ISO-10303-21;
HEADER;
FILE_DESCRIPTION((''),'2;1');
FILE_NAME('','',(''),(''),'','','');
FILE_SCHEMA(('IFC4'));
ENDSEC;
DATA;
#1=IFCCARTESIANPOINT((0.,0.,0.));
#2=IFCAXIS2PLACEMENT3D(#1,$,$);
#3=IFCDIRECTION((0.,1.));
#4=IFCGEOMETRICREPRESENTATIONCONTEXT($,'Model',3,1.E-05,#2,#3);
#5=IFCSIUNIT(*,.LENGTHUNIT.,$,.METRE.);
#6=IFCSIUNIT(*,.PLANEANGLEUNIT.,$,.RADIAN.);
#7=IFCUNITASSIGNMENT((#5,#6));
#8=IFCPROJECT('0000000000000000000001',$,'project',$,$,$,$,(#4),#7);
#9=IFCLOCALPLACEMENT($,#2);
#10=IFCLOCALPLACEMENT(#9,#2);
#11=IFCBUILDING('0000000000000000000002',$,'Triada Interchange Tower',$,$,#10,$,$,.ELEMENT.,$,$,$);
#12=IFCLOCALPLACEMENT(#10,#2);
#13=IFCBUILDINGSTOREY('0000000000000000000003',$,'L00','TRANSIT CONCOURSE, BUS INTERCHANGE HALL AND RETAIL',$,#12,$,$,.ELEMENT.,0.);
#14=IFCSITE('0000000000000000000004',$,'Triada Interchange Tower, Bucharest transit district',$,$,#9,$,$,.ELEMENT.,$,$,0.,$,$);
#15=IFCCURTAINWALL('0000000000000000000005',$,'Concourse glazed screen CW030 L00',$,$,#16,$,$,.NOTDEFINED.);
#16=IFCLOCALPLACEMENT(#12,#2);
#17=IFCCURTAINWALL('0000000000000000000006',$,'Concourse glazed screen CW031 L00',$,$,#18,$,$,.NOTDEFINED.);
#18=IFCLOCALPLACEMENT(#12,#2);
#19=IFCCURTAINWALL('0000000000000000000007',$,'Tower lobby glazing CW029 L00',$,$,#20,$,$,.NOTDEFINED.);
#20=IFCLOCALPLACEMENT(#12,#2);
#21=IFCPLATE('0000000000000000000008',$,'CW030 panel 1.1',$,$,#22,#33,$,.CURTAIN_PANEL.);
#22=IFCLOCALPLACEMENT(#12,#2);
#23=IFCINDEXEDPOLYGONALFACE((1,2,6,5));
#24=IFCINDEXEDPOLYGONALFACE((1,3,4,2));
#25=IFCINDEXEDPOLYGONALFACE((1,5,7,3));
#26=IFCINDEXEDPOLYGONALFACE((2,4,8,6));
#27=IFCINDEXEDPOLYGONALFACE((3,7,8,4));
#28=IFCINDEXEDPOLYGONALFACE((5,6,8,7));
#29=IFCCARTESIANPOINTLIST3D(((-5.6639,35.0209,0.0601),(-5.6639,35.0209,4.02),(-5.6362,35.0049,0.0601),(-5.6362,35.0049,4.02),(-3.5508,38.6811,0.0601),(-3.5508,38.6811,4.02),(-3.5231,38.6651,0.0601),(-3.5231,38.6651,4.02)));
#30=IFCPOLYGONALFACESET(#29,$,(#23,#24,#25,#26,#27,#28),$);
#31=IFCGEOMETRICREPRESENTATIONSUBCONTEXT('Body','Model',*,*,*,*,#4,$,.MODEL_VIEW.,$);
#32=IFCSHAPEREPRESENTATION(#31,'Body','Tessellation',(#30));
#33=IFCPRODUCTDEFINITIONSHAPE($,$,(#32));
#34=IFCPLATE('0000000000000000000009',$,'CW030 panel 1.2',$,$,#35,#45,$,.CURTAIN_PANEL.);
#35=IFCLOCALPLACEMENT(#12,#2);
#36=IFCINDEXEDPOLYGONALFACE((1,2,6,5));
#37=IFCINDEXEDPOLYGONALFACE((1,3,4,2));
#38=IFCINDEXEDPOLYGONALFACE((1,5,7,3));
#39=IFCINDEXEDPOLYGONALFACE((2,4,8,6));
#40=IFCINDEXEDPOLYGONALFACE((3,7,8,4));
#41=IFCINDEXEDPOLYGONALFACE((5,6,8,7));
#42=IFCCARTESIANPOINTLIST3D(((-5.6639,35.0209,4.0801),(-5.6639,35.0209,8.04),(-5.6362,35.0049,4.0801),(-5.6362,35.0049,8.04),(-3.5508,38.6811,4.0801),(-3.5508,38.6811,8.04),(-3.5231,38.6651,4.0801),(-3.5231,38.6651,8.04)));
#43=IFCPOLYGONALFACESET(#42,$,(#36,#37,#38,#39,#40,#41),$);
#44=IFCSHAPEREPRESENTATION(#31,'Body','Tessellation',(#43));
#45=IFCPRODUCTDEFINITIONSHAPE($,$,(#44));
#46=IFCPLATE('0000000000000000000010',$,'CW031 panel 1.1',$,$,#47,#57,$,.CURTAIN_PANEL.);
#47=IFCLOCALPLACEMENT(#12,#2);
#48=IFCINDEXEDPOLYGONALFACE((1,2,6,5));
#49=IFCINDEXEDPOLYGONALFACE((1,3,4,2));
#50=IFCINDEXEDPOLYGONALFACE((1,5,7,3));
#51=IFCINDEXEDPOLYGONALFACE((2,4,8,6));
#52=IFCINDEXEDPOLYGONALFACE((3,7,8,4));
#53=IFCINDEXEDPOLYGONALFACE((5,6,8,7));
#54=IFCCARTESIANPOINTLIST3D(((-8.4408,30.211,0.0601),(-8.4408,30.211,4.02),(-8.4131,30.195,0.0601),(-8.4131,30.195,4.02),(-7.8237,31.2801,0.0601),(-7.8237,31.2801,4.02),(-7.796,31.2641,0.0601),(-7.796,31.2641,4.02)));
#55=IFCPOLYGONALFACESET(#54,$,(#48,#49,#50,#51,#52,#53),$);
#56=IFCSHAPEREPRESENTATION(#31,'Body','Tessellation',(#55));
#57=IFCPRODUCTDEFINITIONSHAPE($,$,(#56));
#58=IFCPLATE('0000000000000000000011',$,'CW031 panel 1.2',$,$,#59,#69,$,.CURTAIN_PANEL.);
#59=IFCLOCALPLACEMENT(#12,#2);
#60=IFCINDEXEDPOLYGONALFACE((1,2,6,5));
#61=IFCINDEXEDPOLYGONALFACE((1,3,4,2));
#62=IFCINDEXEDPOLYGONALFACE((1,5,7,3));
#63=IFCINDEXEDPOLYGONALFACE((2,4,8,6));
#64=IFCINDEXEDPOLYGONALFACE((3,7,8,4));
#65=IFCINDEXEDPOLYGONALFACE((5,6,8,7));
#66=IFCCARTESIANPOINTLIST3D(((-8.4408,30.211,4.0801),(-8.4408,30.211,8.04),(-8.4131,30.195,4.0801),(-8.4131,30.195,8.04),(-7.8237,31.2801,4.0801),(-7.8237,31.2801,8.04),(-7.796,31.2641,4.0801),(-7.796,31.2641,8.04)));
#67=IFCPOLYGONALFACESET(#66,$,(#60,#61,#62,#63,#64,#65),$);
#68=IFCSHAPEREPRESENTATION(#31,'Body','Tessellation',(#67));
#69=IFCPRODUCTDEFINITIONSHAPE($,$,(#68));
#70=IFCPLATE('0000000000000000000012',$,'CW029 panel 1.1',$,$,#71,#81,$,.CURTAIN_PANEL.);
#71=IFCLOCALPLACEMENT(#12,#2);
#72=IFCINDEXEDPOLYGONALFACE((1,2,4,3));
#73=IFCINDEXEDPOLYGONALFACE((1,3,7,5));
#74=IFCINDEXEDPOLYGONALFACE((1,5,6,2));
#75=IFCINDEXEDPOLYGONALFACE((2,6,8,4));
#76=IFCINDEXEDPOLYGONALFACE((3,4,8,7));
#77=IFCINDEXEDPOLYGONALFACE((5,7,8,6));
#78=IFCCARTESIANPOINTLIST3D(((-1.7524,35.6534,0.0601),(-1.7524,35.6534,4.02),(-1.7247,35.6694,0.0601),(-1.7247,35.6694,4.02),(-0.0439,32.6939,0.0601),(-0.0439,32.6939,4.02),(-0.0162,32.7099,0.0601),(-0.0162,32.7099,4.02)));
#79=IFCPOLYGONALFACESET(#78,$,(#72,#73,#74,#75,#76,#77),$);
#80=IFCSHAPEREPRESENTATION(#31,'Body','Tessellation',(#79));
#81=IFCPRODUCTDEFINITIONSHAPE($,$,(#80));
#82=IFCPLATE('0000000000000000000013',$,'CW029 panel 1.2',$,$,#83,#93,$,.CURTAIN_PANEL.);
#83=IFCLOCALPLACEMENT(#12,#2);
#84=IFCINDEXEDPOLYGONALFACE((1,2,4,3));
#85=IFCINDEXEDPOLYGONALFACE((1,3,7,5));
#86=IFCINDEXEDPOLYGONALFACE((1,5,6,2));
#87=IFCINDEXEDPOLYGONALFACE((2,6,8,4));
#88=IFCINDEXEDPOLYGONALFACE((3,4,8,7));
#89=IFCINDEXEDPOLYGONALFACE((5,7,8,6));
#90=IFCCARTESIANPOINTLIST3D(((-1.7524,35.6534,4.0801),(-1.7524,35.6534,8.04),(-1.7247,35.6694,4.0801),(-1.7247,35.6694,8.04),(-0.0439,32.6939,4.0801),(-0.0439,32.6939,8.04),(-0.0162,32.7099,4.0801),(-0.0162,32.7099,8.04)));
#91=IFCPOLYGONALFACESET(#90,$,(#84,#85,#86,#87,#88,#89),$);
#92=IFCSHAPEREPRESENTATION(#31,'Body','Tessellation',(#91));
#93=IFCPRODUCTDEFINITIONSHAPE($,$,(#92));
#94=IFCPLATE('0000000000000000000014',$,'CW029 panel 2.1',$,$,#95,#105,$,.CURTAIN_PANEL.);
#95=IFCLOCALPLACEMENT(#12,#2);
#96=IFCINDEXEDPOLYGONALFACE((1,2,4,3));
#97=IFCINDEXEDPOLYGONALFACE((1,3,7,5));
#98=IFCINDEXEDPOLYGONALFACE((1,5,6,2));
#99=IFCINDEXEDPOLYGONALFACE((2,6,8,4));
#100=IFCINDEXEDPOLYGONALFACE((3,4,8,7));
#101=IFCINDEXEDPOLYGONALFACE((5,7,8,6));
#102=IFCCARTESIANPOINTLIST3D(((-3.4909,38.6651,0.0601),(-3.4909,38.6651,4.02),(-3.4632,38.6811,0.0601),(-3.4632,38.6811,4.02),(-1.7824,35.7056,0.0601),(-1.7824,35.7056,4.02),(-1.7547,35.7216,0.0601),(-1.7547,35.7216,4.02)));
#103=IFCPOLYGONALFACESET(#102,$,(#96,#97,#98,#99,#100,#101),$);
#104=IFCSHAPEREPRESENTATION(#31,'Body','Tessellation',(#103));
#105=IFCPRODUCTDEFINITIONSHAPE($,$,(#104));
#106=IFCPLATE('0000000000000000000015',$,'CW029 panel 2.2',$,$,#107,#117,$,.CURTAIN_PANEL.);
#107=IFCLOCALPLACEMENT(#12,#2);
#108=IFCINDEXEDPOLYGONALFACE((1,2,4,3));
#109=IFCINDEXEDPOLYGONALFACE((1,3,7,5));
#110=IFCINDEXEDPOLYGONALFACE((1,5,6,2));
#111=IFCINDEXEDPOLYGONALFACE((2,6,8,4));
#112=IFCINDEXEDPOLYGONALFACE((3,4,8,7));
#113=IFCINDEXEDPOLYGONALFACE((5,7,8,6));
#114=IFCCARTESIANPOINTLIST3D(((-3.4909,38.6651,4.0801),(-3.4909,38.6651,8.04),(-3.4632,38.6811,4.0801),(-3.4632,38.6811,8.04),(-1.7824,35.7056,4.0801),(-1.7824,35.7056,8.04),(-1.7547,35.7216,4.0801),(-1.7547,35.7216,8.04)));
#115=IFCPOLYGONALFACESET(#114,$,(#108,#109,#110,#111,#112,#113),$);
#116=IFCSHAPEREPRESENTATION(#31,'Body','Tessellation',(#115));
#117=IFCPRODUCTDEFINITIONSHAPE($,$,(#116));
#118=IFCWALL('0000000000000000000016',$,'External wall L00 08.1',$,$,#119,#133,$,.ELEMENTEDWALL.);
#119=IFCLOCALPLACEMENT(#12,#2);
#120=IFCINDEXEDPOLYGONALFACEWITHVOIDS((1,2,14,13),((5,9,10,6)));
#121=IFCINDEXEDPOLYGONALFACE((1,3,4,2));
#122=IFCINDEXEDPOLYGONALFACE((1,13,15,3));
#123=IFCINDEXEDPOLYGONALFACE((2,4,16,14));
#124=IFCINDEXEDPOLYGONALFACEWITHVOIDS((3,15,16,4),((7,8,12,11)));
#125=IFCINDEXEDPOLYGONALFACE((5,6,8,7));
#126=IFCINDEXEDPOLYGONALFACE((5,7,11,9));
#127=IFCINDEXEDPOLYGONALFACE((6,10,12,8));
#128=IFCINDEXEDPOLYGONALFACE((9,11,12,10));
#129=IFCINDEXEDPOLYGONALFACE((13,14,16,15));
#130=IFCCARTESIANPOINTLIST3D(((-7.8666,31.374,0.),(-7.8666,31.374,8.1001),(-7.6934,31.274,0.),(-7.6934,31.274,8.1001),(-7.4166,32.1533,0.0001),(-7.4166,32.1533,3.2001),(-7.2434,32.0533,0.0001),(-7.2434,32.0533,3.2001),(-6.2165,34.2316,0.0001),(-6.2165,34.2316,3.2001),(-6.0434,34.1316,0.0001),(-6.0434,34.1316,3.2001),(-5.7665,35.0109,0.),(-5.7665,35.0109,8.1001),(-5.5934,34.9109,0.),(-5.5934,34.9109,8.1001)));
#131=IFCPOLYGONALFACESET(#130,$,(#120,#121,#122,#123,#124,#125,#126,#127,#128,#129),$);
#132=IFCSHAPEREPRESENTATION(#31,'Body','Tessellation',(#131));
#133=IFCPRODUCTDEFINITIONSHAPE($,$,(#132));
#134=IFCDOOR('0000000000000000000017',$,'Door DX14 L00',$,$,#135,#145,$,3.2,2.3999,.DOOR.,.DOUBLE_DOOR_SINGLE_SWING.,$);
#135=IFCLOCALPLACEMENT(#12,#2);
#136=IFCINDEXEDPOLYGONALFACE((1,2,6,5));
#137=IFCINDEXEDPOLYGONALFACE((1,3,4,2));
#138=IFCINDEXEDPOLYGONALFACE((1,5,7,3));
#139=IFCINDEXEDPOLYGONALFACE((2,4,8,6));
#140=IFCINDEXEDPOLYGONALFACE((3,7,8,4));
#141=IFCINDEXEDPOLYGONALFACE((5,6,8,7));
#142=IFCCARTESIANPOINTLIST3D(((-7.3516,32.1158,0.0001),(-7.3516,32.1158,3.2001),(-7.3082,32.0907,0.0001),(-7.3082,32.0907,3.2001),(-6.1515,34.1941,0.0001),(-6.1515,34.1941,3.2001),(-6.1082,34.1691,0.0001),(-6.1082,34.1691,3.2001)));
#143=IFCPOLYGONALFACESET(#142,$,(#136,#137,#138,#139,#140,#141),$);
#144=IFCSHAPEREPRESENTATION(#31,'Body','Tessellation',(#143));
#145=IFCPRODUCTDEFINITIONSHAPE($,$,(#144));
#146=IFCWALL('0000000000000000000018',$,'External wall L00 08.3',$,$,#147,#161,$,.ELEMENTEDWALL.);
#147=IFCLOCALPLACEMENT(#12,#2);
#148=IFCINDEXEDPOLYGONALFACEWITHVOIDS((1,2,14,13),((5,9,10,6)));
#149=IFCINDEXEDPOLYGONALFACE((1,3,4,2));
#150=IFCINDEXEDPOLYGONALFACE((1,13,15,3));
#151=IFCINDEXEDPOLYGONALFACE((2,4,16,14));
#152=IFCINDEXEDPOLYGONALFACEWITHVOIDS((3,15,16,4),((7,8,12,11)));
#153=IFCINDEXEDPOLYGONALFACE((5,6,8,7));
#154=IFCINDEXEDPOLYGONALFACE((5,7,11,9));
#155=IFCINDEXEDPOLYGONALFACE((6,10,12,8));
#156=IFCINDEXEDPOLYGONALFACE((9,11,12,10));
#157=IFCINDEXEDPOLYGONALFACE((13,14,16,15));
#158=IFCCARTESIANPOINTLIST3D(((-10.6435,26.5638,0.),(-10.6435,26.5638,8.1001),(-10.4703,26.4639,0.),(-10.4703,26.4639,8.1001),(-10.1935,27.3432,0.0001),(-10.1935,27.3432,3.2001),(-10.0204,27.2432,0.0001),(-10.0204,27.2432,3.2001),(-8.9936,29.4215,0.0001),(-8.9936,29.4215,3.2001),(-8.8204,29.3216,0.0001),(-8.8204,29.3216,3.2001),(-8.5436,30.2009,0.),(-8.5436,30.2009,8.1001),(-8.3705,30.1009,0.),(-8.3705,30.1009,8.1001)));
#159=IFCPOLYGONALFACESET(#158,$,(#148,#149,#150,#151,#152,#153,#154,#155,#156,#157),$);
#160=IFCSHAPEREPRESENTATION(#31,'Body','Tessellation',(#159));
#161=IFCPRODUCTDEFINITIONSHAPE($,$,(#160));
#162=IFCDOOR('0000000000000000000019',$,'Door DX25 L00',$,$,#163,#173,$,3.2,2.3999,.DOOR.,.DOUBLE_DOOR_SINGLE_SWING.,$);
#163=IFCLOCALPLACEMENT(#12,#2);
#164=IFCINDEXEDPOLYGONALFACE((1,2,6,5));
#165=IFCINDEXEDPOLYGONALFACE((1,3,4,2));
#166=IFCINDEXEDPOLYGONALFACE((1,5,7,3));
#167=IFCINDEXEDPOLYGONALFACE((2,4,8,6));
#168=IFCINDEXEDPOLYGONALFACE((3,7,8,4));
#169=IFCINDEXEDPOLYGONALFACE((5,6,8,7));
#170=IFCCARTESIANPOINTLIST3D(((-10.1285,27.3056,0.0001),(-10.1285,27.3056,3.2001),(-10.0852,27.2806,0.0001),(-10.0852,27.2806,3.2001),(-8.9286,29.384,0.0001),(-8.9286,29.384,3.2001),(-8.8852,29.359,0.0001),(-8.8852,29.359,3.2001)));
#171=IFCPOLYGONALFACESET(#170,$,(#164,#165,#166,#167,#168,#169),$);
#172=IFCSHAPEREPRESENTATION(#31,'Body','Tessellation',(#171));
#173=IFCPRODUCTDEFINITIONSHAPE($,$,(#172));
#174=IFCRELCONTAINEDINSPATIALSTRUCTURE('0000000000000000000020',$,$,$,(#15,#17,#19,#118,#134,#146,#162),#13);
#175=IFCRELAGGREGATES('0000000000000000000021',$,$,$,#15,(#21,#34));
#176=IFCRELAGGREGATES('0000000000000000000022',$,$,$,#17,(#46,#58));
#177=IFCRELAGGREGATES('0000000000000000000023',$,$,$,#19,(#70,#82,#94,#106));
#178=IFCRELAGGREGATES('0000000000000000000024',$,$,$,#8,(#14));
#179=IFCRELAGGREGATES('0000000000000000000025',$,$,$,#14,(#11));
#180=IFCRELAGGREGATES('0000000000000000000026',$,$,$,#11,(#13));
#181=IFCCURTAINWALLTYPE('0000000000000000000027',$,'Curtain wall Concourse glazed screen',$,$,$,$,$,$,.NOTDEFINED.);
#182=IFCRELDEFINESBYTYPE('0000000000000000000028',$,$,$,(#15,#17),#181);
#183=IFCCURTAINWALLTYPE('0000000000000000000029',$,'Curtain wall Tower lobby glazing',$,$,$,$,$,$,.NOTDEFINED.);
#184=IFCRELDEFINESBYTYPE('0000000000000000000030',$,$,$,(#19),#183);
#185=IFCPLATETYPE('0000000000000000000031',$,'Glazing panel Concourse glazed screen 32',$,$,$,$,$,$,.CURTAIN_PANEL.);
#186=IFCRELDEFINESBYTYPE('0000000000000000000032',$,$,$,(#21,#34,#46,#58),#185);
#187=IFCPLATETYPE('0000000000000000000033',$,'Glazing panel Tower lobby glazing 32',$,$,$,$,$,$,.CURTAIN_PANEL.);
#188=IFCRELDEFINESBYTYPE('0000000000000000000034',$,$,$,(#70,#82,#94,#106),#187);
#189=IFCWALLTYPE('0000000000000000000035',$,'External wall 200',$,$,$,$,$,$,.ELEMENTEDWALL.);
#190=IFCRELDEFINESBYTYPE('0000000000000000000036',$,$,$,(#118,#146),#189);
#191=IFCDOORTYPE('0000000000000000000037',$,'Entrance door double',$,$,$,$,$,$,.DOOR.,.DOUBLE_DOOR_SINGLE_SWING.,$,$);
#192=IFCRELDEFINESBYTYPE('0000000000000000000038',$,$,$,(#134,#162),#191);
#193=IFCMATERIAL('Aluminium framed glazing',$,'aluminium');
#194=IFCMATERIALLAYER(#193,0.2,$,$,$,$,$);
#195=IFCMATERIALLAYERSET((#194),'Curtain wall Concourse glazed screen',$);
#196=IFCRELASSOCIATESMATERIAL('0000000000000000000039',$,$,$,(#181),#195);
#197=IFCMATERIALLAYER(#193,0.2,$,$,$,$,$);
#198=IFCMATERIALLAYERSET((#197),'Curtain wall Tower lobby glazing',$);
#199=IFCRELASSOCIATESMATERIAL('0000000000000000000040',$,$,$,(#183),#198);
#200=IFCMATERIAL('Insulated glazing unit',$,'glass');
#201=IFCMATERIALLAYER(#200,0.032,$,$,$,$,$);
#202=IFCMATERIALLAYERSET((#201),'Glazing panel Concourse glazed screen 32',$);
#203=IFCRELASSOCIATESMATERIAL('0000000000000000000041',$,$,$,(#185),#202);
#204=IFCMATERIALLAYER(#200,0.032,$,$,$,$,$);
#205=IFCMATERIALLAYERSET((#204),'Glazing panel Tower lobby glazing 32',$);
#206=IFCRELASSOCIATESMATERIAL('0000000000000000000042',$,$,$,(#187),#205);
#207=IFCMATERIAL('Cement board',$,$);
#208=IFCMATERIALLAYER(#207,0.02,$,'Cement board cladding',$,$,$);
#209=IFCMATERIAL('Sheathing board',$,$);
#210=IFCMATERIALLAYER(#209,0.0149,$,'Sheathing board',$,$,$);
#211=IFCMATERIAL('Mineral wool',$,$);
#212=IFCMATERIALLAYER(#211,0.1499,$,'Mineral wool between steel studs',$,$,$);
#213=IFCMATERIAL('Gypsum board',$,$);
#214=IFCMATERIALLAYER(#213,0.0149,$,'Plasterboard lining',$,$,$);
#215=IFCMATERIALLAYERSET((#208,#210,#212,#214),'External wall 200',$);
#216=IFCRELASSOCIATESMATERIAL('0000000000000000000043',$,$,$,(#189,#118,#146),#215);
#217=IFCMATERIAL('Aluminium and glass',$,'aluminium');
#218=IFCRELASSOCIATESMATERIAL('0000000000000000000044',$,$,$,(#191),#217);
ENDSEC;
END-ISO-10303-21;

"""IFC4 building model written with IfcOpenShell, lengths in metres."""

from ifc_helpers import new_model, si_unit, direction, frame, frame_2d, origin, origin_2d, place, context, subcontext, project, spatial, rectangle, extrude, material, layer, layer_set, layer_usage, type_object, element, fill, aggregate, save


model = new_model("IFC4")

# Units and contexts
model_context = context("Model", 3, precision=1e-05, world=origin(), true_north=direction((0.0, 1.0)))
body_context = subcontext(model_context, "Body", "Model", "MODEL_VIEW")
ifc_project = project(units=[si_unit("LENGTHUNIT", "METRE"), si_unit("PLANEANGLEUNIT", "RADIAN")], contexts=[model_context])

# Site, building, storey
site_placement = place(None, origin())
site = spatial("IfcSite", under=ifc_project, at=site_placement, Name="Triada Interchange Tower, Bucharest transit district", CompositionType="ELEMENT", RefElevation=0.0)
building_placement = place(site_placement, origin())
building = spatial("IfcBuilding", under=site, at=building_placement, Name="Triada Interchange Tower", CompositionType="ELEMENT")
storey_placement = place(building_placement, origin())
storey = spatial("IfcBuildingStorey", under=building, at=storey_placement, Name="L00", Description="TRANSIT CONCOURSE, BUS INTERCHANGE HALL AND RETAIL", CompositionType="ELEMENT", Elevation=0.0)

# Curtain walls
ifc_material_1 = material(Name="Aluminium framed glazing", Category="aluminium")
ifc_layer_1 = layer(ifc_material_1, 0.2)
ifc_layer_set_1 = layer_set([ifc_layer_1], Name="Curtain wall Concourse glazed screen")
curtain_wall_type_1 = type_object("IfcCurtainWallType", Name="Curtain wall Concourse glazed screen", PredefinedType="NOTDEFINED", material=ifc_layer_set_1)
curtain_wall_1_placement = place(storey_placement, origin())
curtain_wall_1 = element("IfcCurtainWall", 1, at=curtain_wall_1_placement, inside=storey, type_object=curtain_wall_type_1, Name="Concourse glazed screen CW030 L00", PredefinedType="NOTDEFINED")
curtain_wall_2_placement = place(storey_placement, origin())
curtain_wall_2 = element("IfcCurtainWall", 2, at=curtain_wall_2_placement, inside=storey, type_object=curtain_wall_type_1, Name="Concourse glazed screen CW031 L00", PredefinedType="NOTDEFINED")
ifc_layer_2 = layer(ifc_material_1, 0.2)
ifc_layer_set_2 = layer_set([ifc_layer_2], Name="Curtain wall Tower lobby glazing")
curtain_wall_type_2 = type_object("IfcCurtainWallType", Name="Curtain wall Tower lobby glazing", PredefinedType="NOTDEFINED", material=ifc_layer_set_2)
curtain_wall_3_placement = place(storey_placement, origin())
curtain_wall_3 = element("IfcCurtainWall", 3, at=curtain_wall_3_placement, inside=storey, type_object=curtain_wall_type_2, Name="Tower lobby glazing CW029 L00", PredefinedType="NOTDEFINED")

# Plates
ifc_material_2 = material(Name="Insulated glazing unit", Category="glass")
ifc_layer_3 = layer(ifc_material_2, 0.032)
ifc_layer_set_3 = layer_set([ifc_layer_3], Name="Glazing panel Concourse glazed screen 32")
plate_type_1 = type_object("IfcPlateType", Name="Glazing panel Concourse glazed screen 32", PredefinedType="CURTAIN_PANEL", material=ifc_layer_set_3)
plate_1_placement = place(storey_placement, frame((-4.5935, 36.843, 0.0601), z_axis=(0.0, 0.0, 1.0), x_axis=(-0.499975, -0.86604, 0.0)))
plate_1 = element("IfcPlate", 4, at=plate_1_placement, type_object=plate_type_1, Name="CW030 panel 1.1", PredefinedType="CURTAIN_PANEL", context=body_context, shape_type="SweptSolid", body=[
    extrude(rectangle(XDim=4.2263, YDim=0.032, at=origin_2d()), origin(), (0.0, 0.0, 1.0), 3.96),
])
plate_2_placement = place(storey_placement, frame((-4.5935, 36.843, 4.0801), z_axis=(0.0, 0.0, 1.0), x_axis=(-0.499975, -0.86604, 0.0)))
plate_2 = element("IfcPlate", 5, at=plate_2_placement, type_object=plate_type_1, Name="CW030 panel 1.2", PredefinedType="CURTAIN_PANEL", context=body_context, shape_type="SweptSolid", body=[
    extrude(rectangle(XDim=4.2263, YDim=0.032, at=origin_2d()), origin(), (0.0, 0.0, 1.0), 3.96),
])
aggregate(curtain_wall_1, [plate_1, plate_2])
plate_3_placement = place(storey_placement, frame((-8.1184, 30.7375, 0.0601), z_axis=(0.0, 0.0, 1.0), x_axis=(-0.499872, -0.8661, 0.0)))
plate_3 = element("IfcPlate", 6, at=plate_3_placement, type_object=plate_type_1, Name="CW031 panel 1.1", PredefinedType="CURTAIN_PANEL", context=body_context, shape_type="SweptSolid", body=[
    extrude(rectangle(XDim=1.2344, YDim=0.032, at=origin_2d()), origin(), (0.0, 0.0, 1.0), 3.96),
])
plate_4_placement = place(storey_placement, frame((-8.1184, 30.7375, 4.0801), z_axis=(0.0, 0.0, 1.0), x_axis=(-0.499872, -0.8661, 0.0)))
plate_4 = element("IfcPlate", 7, at=plate_4_placement, type_object=plate_type_1, Name="CW031 panel 1.2", PredefinedType="CURTAIN_PANEL", context=body_context, shape_type="SweptSolid", body=[
    extrude(rectangle(XDim=1.2344, YDim=0.032, at=origin_2d()), origin(), (0.0, 0.0, 1.0), 3.96),
])
aggregate(curtain_wall_2, [plate_3, plate_4])
ifc_layer_4 = layer(ifc_material_2, 0.032)
ifc_layer_set_4 = layer_set([ifc_layer_4], Name="Glazing panel Tower lobby glazing 32")
plate_type_2 = type_object("IfcPlateType", Name="Glazing panel Tower lobby glazing 32", PredefinedType="CURTAIN_PANEL", material=ifc_layer_set_4)
plate_5_placement = place(storey_placement, frame((-0.8843, 34.1816, 0.0601), z_axis=(0.0, 0.0, 1.0), x_axis=(-0.499957, 0.86605, 0.0)))
plate_5 = element("IfcPlate", 8, at=plate_5_placement, type_object=plate_type_2, Name="CW029 panel 1.1", PredefinedType="CURTAIN_PANEL", context=body_context, shape_type="SweptSolid", body=[
    extrude(rectangle(XDim=3.4172, YDim=0.032, at=origin_2d()), origin(), (0.0, 0.0, 1.0), 3.96),
])
plate_6_placement = place(storey_placement, frame((-0.8843, 34.1816, 4.0801), z_axis=(0.0, 0.0, 1.0), x_axis=(-0.499957, 0.86605, 0.0)))
plate_6 = element("IfcPlate", 9, at=plate_6_placement, type_object=plate_type_2, Name="CW029 panel 1.2", PredefinedType="CURTAIN_PANEL", context=body_context, shape_type="SweptSolid", body=[
    extrude(rectangle(XDim=3.4172, YDim=0.032, at=origin_2d()), origin(), (0.0, 0.0, 1.0), 3.96),
])
plate_7_placement = place(storey_placement, frame((-2.6228, 37.1934, 0.0601), z_axis=(0.0, 0.0, 1.0), x_axis=(-0.499957, 0.86605, 0.0)))
plate_7 = element("IfcPlate", 10, at=plate_7_placement, type_object=plate_type_2, Name="CW029 panel 2.1", PredefinedType="CURTAIN_PANEL", context=body_context, shape_type="SweptSolid", body=[
    extrude(rectangle(XDim=3.4172, YDim=0.032, at=origin_2d()), origin(), (0.0, 0.0, 1.0), 3.96),
])
plate_8_placement = place(storey_placement, frame((-2.6228, 37.1934, 4.0801), z_axis=(0.0, 0.0, 1.0), x_axis=(-0.499957, 0.86605, 0.0)))
plate_8 = element("IfcPlate", 11, at=plate_8_placement, type_object=plate_type_2, Name="CW029 panel 2.2", PredefinedType="CURTAIN_PANEL", context=body_context, shape_type="SweptSolid", body=[
    extrude(rectangle(XDim=3.4172, YDim=0.032, at=origin_2d()), origin(), (0.0, 0.0, 1.0), 3.96),
])
aggregate(curtain_wall_3, [plate_5, plate_6, plate_7, plate_8])

# Walls, openings, doors
ifc_material_3 = material(Name="Cement board")
ifc_layer_5 = layer(ifc_material_3, 0.02, Name="Cement board cladding")
ifc_material_4 = material(Name="Sheathing board")
ifc_layer_6 = layer(ifc_material_4, 0.0149, Name="Sheathing board")
ifc_material_5 = material(Name="Mineral wool")
ifc_layer_7 = layer(ifc_material_5, 0.1499, Name="Mineral wool between steel studs")
ifc_material_6 = material(Name="Gypsum board")
ifc_layer_8 = layer(ifc_material_6, 0.0149, Name="Plasterboard lining")
ifc_layer_set_5 = layer_set([ifc_layer_5, ifc_layer_6, ifc_layer_7, ifc_layer_8], Name="External wall 200")
ifc_layer_usage = layer_usage(ifc_layer_set_5, "AXIS2", "POSITIVE", -0.1001)
wall_type_1 = type_object("IfcWallType", Name="External wall 200", PredefinedType="ELEMENTEDWALL", material=ifc_layer_set_5)
wall_1_placement = place(storey_placement, frame((-5.6799, 34.9609, 0.0), z_axis=(0.0, 0.0, 1.0), x_axis=(-0.500053, -0.865995, 0.0)))
wall_1 = element("IfcWall", 12, at=wall_1_placement, inside=storey, type_object=wall_type_1, material=ifc_layer_usage, Name="External wall L00 08.1", PredefinedType="ELEMENTEDWALL", context=body_context, shape_type="SweptSolid", body=[
    extrude(rectangle(XDim=4.1997, YDim=0.2, at=frame_2d((2.0999, 0.0))), origin(), (0.0, 0.0, 1.0), 8.1001),
])
opening_1_placement = place(wall_1_placement, frame((0.8999, 0.0, 0.0)))
opening_1 = element("IfcOpeningElement", 13, at=opening_1_placement, cuts=wall_1, PredefinedType="OPENING", context=body_context, shape_type="SweptSolid", body=[
    extrude(rectangle(XDim=2.3999, YDim=3.2, at=frame_2d((1.2, 1.6001))), frame((0.0, 0.1099, 0.0), z_axis=(0.0, -1.0, 0.0), x_axis=(1.0, 0.0, 0.0)), (0.0, 0.0, 1.0), 0.22),
])
ifc_material_7 = material(Name="Aluminium and glass", Category="aluminium")
door_type = type_object("IfcDoorType", Name="Entrance door double", OperationType="DOUBLE_DOOR_SINGLE_SWING", PredefinedType="DOOR", material=ifc_material_7)
door_1_placement = place(opening_1_placement, frame((2.3999, 0.0, 0.0), z_axis=(0.0, 0.0, 1.0), x_axis=(-1.0, 0.0, 0.0)))
door_1 = element("IfcDoor", 14, at=door_1_placement, inside=storey, type_object=door_type, Name="Door DX14 L00", OperationType="DOUBLE_DOOR_SINGLE_SWING", OverallHeight=3.2, OverallWidth=2.3999, PredefinedType="DOOR", context=body_context, shape_type="SweptSolid", body=[
    extrude(rectangle(XDim=2.3999, YDim=3.2, at=frame_2d((1.2, 1.6001))), frame((0.0, 0.0249, 0.0), z_axis=(0.0, -1.0, 0.0), x_axis=(1.0, 0.0, 0.0)), (0.0, 0.0, 1.0), 0.05),
])
fill(opening_1, door_1)
wall_2_placement = place(storey_placement, frame((-8.457, 30.1509, 0.0), z_axis=(0.0, 0.0, 1.0), x_axis=(-0.500009, -0.86602, 0.0)))
wall_2 = element("IfcWall", 15, at=wall_2_placement, inside=storey, type_object=wall_type_1, material=ifc_layer_usage, Name="External wall L00 08.3", PredefinedType="ELEMENTEDWALL", context=body_context, shape_type="SweptSolid", body=[
    extrude(rectangle(XDim=4.1997, YDim=0.2, at=frame_2d((2.0999, 0.0))), origin(), (0.0, 0.0, 1.0), 8.1001),
])
opening_2_placement = place(wall_2_placement, frame((0.8999, 0.0, 0.0)))
opening_2 = element("IfcOpeningElement", 16, at=opening_2_placement, cuts=wall_2, PredefinedType="OPENING", context=body_context, shape_type="SweptSolid", body=[
    extrude(rectangle(XDim=2.3999, YDim=3.2, at=frame_2d((1.2, 1.6001))), frame((0.0, 0.1099, 0.0), z_axis=(0.0, -1.0, 0.0), x_axis=(1.0, 0.0, 0.0)), (0.0, 0.0, 1.0), 0.22),
])
door_2_placement = place(opening_2_placement, frame((2.3999, 0.0, 0.0), z_axis=(0.0, 0.0, 1.0), x_axis=(-1.0, 0.0, 0.0)))
door_2 = element("IfcDoor", 17, at=door_2_placement, inside=storey, type_object=door_type, Name="Door DX25 L00", OperationType="DOUBLE_DOOR_SINGLE_SWING", OverallHeight=3.2, OverallWidth=2.3999, PredefinedType="DOOR", context=body_context, shape_type="SweptSolid", body=[
    extrude(rectangle(XDim=2.3999, YDim=3.2, at=frame_2d((1.2, 1.6001))), frame((0.0, 0.0249, 0.0), z_axis=(0.0, -1.0, 0.0), x_axis=(1.0, 0.0, 0.0)), (0.0, 0.0, 1.0), 0.05),
])
fill(opening_2, door_2)

save(model, "model.ifc")
